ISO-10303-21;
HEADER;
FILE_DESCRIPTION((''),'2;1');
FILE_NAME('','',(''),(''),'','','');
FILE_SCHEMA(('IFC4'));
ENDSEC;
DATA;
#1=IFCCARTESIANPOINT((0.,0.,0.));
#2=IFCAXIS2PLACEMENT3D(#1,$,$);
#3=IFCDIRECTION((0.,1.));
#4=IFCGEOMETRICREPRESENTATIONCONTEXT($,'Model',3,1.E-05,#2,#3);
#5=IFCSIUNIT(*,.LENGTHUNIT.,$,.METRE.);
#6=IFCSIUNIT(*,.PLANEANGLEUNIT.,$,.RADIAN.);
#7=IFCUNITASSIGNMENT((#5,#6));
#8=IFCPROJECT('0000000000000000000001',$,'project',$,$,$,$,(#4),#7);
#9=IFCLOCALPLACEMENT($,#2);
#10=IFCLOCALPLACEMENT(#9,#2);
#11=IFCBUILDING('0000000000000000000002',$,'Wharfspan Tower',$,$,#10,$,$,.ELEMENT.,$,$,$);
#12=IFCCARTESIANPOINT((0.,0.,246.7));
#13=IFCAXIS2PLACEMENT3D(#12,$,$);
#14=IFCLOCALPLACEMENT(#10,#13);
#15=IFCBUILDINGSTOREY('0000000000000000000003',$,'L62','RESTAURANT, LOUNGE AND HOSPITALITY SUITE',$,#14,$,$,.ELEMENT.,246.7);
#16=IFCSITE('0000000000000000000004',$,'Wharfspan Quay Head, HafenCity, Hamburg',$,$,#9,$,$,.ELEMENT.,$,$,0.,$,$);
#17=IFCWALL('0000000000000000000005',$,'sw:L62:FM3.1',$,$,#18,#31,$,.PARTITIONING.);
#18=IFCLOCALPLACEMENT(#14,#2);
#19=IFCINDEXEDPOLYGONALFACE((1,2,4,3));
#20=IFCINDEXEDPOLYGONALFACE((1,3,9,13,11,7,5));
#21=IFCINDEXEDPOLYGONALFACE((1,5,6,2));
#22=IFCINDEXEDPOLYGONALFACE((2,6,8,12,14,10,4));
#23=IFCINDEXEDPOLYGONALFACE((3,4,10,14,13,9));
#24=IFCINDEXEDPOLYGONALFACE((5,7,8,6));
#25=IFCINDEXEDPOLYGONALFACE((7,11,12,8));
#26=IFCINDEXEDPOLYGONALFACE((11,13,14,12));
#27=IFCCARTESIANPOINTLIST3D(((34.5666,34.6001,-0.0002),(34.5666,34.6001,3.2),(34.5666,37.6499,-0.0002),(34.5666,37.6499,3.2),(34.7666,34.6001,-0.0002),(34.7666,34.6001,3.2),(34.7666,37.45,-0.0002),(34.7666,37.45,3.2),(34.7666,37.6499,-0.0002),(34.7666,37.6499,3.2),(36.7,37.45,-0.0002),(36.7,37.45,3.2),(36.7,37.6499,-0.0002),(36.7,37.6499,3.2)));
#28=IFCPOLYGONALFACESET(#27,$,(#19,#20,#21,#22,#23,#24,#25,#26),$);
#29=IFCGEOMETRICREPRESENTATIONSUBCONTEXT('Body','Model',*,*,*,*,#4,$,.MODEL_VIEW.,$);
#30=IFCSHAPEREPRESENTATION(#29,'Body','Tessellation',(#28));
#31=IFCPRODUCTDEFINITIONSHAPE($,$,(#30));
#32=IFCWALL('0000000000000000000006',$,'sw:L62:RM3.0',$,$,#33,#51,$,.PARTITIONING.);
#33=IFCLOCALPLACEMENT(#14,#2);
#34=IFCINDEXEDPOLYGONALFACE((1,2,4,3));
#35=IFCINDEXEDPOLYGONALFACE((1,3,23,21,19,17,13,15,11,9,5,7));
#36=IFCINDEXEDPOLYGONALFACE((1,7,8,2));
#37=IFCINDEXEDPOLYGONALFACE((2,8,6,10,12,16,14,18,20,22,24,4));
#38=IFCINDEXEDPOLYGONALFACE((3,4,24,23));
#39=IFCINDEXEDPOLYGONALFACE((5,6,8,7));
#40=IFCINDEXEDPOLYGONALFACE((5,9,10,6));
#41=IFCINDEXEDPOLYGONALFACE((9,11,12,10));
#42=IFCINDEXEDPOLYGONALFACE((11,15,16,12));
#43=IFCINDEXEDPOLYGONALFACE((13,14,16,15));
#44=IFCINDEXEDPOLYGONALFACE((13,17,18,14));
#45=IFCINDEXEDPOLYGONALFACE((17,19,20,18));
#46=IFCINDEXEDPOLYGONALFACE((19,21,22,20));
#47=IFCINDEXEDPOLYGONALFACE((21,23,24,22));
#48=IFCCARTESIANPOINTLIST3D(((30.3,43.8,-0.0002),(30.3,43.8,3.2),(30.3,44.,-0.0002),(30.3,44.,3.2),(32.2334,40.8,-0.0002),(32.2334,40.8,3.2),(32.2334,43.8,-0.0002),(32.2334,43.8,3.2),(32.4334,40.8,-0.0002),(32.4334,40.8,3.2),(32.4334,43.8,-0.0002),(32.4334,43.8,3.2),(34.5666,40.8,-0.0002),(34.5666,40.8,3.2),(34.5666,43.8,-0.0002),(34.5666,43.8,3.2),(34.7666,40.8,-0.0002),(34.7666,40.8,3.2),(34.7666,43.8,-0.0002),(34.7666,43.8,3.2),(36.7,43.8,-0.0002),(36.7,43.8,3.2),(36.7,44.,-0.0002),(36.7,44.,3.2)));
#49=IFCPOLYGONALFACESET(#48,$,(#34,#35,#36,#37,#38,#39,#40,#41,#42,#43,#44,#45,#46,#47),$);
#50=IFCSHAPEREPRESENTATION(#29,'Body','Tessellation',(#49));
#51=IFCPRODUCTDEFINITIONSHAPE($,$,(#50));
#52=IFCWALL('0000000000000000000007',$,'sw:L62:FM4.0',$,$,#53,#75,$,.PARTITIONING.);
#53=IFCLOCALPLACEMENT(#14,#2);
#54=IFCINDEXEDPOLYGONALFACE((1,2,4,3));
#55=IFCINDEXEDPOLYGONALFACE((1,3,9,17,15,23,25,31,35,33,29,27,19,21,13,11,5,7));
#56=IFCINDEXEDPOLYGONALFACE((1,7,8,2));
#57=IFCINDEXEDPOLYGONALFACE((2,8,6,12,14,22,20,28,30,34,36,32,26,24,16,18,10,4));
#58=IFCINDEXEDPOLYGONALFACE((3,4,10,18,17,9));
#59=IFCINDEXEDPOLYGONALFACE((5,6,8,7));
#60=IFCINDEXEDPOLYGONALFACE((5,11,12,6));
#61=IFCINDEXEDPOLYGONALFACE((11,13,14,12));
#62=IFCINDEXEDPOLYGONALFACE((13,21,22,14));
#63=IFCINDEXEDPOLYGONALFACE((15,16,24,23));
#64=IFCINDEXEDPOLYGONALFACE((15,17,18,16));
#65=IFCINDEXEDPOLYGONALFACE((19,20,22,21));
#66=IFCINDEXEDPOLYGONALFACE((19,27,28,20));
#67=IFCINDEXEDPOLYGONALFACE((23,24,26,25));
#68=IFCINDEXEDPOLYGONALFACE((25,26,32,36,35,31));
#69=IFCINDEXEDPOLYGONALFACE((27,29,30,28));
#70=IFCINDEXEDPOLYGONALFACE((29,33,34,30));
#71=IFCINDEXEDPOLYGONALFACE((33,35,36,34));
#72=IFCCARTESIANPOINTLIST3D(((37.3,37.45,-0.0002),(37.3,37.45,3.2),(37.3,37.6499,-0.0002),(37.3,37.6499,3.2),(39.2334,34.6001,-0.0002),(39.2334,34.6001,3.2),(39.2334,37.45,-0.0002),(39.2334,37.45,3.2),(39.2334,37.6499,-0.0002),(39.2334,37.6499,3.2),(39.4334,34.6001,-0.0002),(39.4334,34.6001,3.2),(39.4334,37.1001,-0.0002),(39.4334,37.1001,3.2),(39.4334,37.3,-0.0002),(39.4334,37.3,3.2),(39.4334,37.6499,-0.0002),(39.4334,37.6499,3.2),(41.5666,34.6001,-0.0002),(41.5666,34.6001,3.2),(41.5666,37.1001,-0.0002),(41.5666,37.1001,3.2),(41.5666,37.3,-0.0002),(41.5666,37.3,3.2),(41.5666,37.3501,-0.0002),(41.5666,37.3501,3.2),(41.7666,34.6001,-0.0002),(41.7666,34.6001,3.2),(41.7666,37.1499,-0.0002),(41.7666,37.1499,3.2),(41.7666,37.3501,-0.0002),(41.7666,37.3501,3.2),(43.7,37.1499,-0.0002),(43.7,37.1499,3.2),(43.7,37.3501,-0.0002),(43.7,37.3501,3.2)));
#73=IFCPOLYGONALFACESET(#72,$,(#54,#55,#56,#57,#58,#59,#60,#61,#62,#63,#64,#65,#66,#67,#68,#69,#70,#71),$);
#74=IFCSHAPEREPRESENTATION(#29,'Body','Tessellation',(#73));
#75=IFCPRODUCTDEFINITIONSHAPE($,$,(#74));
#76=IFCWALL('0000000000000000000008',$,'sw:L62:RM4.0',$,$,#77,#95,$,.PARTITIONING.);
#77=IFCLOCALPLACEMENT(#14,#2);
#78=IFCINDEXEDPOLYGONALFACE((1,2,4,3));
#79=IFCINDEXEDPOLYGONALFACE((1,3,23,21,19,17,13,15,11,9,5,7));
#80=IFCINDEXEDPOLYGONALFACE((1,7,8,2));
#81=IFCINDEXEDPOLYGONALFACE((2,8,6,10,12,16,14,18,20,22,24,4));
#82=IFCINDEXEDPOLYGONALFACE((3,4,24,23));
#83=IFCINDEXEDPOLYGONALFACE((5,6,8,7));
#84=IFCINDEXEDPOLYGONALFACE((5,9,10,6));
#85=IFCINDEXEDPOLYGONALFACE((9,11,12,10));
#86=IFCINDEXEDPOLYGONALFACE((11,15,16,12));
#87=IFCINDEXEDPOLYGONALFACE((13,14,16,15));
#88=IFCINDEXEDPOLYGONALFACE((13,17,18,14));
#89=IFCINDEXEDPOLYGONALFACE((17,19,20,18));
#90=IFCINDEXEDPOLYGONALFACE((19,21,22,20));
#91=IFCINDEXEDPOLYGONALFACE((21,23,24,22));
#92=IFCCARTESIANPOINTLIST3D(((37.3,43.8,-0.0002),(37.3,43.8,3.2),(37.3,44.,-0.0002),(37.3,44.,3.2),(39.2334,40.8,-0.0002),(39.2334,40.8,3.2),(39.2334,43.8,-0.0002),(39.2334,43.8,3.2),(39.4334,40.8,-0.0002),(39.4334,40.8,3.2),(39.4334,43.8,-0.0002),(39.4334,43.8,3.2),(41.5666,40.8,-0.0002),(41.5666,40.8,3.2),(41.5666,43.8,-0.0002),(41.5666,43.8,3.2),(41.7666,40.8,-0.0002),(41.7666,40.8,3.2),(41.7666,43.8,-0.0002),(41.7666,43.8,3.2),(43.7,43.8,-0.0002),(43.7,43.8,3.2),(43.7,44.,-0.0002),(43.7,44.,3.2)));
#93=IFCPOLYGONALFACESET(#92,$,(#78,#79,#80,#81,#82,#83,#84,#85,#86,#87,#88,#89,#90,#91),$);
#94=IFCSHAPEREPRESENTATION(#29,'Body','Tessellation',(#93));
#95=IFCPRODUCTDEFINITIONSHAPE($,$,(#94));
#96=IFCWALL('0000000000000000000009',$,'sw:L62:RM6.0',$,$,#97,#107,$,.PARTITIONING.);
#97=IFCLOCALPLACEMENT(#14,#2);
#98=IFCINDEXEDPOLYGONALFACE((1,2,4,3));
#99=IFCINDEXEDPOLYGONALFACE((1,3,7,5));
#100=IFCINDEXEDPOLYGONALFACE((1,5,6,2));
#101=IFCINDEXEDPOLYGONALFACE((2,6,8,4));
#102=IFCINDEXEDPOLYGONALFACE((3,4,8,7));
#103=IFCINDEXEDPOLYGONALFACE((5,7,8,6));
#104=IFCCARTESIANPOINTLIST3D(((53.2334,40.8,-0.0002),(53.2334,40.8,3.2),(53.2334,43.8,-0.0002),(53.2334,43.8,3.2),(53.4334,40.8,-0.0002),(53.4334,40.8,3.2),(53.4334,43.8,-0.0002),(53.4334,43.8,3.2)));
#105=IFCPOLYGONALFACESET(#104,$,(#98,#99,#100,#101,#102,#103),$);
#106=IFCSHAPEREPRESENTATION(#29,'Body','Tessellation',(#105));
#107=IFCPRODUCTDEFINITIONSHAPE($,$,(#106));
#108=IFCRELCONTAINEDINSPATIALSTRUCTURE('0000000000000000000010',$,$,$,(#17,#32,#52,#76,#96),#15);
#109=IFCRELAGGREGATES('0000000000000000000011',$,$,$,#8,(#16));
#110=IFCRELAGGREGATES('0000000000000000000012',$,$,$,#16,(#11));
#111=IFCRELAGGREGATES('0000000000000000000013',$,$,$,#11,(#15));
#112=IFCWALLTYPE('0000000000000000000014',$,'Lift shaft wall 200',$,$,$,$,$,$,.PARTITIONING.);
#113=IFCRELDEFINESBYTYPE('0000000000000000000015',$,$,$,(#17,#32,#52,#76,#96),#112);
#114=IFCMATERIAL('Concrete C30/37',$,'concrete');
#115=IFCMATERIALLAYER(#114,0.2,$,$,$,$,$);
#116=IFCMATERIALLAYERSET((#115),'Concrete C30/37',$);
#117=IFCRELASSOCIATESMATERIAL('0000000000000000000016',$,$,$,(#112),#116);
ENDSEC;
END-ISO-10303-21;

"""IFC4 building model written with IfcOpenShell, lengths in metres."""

from ifc_helpers import new_model, si_unit, direction, frame, origin, place, context, subcontext, project, spatial, polyline, outline, extrude, material, layer, layer_set, type_object, element, save


model = new_model("IFC4")

# Units and contexts
model_context = context("Model", 3, precision=1e-05, world=origin(), true_north=direction((0.0, 1.0)))
body_context = subcontext(model_context, "Body", "Model", "MODEL_VIEW")
ifc_project = project(units=[si_unit("LENGTHUNIT", "METRE"), si_unit("PLANEANGLEUNIT", "RADIAN")], contexts=[model_context])

# Site, building, storey
site_placement = place(None, origin())
site = spatial("IfcSite", under=ifc_project, at=site_placement, Name="Wharfspan Quay Head, HafenCity, Hamburg", CompositionType="ELEMENT", RefElevation=0.0)
building_placement = place(site_placement, origin())
building = spatial("IfcBuilding", under=site, at=building_placement, Name="Wharfspan Tower", CompositionType="ELEMENT")
storey_placement = place(building_placement, frame((0.0, 0.0, 246.7)))
storey = spatial("IfcBuildingStorey", under=building, at=storey_placement, Name="L62", Description="RESTAURANT, LOUNGE AND HOSPITALITY SUITE", CompositionType="ELEMENT", Elevation=246.7)

# Walls
ifc_material_1 = material(Name="Concrete C30/37", Category="concrete")
ifc_layer_1 = layer(ifc_material_1, 0.2)
ifc_layer_set_1 = layer_set([ifc_layer_1], Name="Concrete C30/37")
wall_type_1 = type_object("IfcWallType", Name="Lift shaft wall 200", PredefinedType="PARTITIONING", material=ifc_layer_set_1)
wall_1_placement = place(storey_placement, frame((0.0, 0.0, -0.0002)))
element("IfcWall", 1, at=wall_1_placement, inside=storey, type_object=wall_type_1, Name="sw:L62:FM3.1", PredefinedType="PARTITIONING", context=body_context, shape_type="SweptSolid", body=[
    extrude(outline(polyline([(34.5667, 37.6499), (34.7666, 37.6499), (36.7, 37.6499), (36.7, 37.45), (34.7666, 37.45), (34.7666, 34.6001), (34.5667, 34.6001), (34.5667, 37.6499)])), origin(), (0.0, 0.0, 1.0), 3.2002),
])
wall_2_placement = place(storey_placement, frame((0.0, 0.0, -0.0002)))
element("IfcWall", 2, at=wall_2_placement, inside=storey, type_object=wall_type_1, Name="sw:L62:RM3.0", PredefinedType="PARTITIONING", context=body_context, shape_type="SweptSolid", body=[
    extrude(outline(polyline([(32.4333, 40.8), (32.2334, 40.8), (32.2334, 43.8), (30.3, 43.8), (30.3, 44.0), (36.7, 44.0), (36.7, 43.8), (34.7666, 43.8), (34.7666, 40.8), (34.5667, 40.8), (34.5667, 43.8), (32.4333, 43.8), (32.4333, 40.8)])), origin(), (0.0, 0.0, 1.0), 3.2002),
])
wall_3_placement = place(storey_placement, frame((0.0, 0.0, -0.0002)))
element("IfcWall", 3, at=wall_3_placement, inside=storey, type_object=wall_type_1, Name="sw:L62:FM4.0", PredefinedType="PARTITIONING", context=body_context, shape_type="SweptSolid", body=[
    extrude(outline(polyline([(41.5667, 37.1001), (39.4333, 37.1001), (39.4333, 34.6001), (39.2334, 34.6001), (39.2334, 37.45), (37.3, 37.45), (37.3, 37.6499), (39.2334, 37.6499), (39.4333, 37.6499), (39.4333, 37.3), (41.5667, 37.3), (41.5667, 37.3501), (41.7666, 37.3501), (43.7, 37.3501), (43.7, 37.1499), (41.7666, 37.1499), (41.7666, 34.6001), (41.5667, 34.6001), (41.5667, 37.1001)])), origin(), (0.0, 0.0, 1.0), 3.2002),
])
wall_4_placement = place(storey_placement, frame((0.0, 0.0, -0.0002)))
element("IfcWall", 4, at=wall_4_placement, inside=storey, type_object=wall_type_1, Name="sw:L62:RM4.0", PredefinedType="PARTITIONING", context=body_context, shape_type="SweptSolid", body=[
    extrude(outline(polyline([(39.4333, 40.8), (39.2334, 40.8), (39.2334, 43.8), (37.3, 43.8), (37.3, 44.0), (43.7, 44.0), (43.7, 43.8), (41.7666, 43.8), (41.7666, 40.8), (41.5667, 40.8), (41.5667, 43.8), (39.4333, 43.8), (39.4333, 40.8)])), origin(), (0.0, 0.0, 1.0), 3.2002),
])
wall_5_placement = place(storey_placement, frame((0.0, 0.0, -0.0002)))
element("IfcWall", 5, at=wall_5_placement, inside=storey, type_object=wall_type_1, Name="sw:L62:RM6.0", PredefinedType="PARTITIONING", context=body_context, shape_type="SweptSolid", body=[
    extrude(outline(polyline([(53.4333, 40.8), (53.4333, 43.8), (53.2334, 43.8), (53.2334, 40.8), (53.4333, 40.8)])), origin(), (0.0, 0.0, 1.0), 3.2002),
])

save(model, "model.ifc")
